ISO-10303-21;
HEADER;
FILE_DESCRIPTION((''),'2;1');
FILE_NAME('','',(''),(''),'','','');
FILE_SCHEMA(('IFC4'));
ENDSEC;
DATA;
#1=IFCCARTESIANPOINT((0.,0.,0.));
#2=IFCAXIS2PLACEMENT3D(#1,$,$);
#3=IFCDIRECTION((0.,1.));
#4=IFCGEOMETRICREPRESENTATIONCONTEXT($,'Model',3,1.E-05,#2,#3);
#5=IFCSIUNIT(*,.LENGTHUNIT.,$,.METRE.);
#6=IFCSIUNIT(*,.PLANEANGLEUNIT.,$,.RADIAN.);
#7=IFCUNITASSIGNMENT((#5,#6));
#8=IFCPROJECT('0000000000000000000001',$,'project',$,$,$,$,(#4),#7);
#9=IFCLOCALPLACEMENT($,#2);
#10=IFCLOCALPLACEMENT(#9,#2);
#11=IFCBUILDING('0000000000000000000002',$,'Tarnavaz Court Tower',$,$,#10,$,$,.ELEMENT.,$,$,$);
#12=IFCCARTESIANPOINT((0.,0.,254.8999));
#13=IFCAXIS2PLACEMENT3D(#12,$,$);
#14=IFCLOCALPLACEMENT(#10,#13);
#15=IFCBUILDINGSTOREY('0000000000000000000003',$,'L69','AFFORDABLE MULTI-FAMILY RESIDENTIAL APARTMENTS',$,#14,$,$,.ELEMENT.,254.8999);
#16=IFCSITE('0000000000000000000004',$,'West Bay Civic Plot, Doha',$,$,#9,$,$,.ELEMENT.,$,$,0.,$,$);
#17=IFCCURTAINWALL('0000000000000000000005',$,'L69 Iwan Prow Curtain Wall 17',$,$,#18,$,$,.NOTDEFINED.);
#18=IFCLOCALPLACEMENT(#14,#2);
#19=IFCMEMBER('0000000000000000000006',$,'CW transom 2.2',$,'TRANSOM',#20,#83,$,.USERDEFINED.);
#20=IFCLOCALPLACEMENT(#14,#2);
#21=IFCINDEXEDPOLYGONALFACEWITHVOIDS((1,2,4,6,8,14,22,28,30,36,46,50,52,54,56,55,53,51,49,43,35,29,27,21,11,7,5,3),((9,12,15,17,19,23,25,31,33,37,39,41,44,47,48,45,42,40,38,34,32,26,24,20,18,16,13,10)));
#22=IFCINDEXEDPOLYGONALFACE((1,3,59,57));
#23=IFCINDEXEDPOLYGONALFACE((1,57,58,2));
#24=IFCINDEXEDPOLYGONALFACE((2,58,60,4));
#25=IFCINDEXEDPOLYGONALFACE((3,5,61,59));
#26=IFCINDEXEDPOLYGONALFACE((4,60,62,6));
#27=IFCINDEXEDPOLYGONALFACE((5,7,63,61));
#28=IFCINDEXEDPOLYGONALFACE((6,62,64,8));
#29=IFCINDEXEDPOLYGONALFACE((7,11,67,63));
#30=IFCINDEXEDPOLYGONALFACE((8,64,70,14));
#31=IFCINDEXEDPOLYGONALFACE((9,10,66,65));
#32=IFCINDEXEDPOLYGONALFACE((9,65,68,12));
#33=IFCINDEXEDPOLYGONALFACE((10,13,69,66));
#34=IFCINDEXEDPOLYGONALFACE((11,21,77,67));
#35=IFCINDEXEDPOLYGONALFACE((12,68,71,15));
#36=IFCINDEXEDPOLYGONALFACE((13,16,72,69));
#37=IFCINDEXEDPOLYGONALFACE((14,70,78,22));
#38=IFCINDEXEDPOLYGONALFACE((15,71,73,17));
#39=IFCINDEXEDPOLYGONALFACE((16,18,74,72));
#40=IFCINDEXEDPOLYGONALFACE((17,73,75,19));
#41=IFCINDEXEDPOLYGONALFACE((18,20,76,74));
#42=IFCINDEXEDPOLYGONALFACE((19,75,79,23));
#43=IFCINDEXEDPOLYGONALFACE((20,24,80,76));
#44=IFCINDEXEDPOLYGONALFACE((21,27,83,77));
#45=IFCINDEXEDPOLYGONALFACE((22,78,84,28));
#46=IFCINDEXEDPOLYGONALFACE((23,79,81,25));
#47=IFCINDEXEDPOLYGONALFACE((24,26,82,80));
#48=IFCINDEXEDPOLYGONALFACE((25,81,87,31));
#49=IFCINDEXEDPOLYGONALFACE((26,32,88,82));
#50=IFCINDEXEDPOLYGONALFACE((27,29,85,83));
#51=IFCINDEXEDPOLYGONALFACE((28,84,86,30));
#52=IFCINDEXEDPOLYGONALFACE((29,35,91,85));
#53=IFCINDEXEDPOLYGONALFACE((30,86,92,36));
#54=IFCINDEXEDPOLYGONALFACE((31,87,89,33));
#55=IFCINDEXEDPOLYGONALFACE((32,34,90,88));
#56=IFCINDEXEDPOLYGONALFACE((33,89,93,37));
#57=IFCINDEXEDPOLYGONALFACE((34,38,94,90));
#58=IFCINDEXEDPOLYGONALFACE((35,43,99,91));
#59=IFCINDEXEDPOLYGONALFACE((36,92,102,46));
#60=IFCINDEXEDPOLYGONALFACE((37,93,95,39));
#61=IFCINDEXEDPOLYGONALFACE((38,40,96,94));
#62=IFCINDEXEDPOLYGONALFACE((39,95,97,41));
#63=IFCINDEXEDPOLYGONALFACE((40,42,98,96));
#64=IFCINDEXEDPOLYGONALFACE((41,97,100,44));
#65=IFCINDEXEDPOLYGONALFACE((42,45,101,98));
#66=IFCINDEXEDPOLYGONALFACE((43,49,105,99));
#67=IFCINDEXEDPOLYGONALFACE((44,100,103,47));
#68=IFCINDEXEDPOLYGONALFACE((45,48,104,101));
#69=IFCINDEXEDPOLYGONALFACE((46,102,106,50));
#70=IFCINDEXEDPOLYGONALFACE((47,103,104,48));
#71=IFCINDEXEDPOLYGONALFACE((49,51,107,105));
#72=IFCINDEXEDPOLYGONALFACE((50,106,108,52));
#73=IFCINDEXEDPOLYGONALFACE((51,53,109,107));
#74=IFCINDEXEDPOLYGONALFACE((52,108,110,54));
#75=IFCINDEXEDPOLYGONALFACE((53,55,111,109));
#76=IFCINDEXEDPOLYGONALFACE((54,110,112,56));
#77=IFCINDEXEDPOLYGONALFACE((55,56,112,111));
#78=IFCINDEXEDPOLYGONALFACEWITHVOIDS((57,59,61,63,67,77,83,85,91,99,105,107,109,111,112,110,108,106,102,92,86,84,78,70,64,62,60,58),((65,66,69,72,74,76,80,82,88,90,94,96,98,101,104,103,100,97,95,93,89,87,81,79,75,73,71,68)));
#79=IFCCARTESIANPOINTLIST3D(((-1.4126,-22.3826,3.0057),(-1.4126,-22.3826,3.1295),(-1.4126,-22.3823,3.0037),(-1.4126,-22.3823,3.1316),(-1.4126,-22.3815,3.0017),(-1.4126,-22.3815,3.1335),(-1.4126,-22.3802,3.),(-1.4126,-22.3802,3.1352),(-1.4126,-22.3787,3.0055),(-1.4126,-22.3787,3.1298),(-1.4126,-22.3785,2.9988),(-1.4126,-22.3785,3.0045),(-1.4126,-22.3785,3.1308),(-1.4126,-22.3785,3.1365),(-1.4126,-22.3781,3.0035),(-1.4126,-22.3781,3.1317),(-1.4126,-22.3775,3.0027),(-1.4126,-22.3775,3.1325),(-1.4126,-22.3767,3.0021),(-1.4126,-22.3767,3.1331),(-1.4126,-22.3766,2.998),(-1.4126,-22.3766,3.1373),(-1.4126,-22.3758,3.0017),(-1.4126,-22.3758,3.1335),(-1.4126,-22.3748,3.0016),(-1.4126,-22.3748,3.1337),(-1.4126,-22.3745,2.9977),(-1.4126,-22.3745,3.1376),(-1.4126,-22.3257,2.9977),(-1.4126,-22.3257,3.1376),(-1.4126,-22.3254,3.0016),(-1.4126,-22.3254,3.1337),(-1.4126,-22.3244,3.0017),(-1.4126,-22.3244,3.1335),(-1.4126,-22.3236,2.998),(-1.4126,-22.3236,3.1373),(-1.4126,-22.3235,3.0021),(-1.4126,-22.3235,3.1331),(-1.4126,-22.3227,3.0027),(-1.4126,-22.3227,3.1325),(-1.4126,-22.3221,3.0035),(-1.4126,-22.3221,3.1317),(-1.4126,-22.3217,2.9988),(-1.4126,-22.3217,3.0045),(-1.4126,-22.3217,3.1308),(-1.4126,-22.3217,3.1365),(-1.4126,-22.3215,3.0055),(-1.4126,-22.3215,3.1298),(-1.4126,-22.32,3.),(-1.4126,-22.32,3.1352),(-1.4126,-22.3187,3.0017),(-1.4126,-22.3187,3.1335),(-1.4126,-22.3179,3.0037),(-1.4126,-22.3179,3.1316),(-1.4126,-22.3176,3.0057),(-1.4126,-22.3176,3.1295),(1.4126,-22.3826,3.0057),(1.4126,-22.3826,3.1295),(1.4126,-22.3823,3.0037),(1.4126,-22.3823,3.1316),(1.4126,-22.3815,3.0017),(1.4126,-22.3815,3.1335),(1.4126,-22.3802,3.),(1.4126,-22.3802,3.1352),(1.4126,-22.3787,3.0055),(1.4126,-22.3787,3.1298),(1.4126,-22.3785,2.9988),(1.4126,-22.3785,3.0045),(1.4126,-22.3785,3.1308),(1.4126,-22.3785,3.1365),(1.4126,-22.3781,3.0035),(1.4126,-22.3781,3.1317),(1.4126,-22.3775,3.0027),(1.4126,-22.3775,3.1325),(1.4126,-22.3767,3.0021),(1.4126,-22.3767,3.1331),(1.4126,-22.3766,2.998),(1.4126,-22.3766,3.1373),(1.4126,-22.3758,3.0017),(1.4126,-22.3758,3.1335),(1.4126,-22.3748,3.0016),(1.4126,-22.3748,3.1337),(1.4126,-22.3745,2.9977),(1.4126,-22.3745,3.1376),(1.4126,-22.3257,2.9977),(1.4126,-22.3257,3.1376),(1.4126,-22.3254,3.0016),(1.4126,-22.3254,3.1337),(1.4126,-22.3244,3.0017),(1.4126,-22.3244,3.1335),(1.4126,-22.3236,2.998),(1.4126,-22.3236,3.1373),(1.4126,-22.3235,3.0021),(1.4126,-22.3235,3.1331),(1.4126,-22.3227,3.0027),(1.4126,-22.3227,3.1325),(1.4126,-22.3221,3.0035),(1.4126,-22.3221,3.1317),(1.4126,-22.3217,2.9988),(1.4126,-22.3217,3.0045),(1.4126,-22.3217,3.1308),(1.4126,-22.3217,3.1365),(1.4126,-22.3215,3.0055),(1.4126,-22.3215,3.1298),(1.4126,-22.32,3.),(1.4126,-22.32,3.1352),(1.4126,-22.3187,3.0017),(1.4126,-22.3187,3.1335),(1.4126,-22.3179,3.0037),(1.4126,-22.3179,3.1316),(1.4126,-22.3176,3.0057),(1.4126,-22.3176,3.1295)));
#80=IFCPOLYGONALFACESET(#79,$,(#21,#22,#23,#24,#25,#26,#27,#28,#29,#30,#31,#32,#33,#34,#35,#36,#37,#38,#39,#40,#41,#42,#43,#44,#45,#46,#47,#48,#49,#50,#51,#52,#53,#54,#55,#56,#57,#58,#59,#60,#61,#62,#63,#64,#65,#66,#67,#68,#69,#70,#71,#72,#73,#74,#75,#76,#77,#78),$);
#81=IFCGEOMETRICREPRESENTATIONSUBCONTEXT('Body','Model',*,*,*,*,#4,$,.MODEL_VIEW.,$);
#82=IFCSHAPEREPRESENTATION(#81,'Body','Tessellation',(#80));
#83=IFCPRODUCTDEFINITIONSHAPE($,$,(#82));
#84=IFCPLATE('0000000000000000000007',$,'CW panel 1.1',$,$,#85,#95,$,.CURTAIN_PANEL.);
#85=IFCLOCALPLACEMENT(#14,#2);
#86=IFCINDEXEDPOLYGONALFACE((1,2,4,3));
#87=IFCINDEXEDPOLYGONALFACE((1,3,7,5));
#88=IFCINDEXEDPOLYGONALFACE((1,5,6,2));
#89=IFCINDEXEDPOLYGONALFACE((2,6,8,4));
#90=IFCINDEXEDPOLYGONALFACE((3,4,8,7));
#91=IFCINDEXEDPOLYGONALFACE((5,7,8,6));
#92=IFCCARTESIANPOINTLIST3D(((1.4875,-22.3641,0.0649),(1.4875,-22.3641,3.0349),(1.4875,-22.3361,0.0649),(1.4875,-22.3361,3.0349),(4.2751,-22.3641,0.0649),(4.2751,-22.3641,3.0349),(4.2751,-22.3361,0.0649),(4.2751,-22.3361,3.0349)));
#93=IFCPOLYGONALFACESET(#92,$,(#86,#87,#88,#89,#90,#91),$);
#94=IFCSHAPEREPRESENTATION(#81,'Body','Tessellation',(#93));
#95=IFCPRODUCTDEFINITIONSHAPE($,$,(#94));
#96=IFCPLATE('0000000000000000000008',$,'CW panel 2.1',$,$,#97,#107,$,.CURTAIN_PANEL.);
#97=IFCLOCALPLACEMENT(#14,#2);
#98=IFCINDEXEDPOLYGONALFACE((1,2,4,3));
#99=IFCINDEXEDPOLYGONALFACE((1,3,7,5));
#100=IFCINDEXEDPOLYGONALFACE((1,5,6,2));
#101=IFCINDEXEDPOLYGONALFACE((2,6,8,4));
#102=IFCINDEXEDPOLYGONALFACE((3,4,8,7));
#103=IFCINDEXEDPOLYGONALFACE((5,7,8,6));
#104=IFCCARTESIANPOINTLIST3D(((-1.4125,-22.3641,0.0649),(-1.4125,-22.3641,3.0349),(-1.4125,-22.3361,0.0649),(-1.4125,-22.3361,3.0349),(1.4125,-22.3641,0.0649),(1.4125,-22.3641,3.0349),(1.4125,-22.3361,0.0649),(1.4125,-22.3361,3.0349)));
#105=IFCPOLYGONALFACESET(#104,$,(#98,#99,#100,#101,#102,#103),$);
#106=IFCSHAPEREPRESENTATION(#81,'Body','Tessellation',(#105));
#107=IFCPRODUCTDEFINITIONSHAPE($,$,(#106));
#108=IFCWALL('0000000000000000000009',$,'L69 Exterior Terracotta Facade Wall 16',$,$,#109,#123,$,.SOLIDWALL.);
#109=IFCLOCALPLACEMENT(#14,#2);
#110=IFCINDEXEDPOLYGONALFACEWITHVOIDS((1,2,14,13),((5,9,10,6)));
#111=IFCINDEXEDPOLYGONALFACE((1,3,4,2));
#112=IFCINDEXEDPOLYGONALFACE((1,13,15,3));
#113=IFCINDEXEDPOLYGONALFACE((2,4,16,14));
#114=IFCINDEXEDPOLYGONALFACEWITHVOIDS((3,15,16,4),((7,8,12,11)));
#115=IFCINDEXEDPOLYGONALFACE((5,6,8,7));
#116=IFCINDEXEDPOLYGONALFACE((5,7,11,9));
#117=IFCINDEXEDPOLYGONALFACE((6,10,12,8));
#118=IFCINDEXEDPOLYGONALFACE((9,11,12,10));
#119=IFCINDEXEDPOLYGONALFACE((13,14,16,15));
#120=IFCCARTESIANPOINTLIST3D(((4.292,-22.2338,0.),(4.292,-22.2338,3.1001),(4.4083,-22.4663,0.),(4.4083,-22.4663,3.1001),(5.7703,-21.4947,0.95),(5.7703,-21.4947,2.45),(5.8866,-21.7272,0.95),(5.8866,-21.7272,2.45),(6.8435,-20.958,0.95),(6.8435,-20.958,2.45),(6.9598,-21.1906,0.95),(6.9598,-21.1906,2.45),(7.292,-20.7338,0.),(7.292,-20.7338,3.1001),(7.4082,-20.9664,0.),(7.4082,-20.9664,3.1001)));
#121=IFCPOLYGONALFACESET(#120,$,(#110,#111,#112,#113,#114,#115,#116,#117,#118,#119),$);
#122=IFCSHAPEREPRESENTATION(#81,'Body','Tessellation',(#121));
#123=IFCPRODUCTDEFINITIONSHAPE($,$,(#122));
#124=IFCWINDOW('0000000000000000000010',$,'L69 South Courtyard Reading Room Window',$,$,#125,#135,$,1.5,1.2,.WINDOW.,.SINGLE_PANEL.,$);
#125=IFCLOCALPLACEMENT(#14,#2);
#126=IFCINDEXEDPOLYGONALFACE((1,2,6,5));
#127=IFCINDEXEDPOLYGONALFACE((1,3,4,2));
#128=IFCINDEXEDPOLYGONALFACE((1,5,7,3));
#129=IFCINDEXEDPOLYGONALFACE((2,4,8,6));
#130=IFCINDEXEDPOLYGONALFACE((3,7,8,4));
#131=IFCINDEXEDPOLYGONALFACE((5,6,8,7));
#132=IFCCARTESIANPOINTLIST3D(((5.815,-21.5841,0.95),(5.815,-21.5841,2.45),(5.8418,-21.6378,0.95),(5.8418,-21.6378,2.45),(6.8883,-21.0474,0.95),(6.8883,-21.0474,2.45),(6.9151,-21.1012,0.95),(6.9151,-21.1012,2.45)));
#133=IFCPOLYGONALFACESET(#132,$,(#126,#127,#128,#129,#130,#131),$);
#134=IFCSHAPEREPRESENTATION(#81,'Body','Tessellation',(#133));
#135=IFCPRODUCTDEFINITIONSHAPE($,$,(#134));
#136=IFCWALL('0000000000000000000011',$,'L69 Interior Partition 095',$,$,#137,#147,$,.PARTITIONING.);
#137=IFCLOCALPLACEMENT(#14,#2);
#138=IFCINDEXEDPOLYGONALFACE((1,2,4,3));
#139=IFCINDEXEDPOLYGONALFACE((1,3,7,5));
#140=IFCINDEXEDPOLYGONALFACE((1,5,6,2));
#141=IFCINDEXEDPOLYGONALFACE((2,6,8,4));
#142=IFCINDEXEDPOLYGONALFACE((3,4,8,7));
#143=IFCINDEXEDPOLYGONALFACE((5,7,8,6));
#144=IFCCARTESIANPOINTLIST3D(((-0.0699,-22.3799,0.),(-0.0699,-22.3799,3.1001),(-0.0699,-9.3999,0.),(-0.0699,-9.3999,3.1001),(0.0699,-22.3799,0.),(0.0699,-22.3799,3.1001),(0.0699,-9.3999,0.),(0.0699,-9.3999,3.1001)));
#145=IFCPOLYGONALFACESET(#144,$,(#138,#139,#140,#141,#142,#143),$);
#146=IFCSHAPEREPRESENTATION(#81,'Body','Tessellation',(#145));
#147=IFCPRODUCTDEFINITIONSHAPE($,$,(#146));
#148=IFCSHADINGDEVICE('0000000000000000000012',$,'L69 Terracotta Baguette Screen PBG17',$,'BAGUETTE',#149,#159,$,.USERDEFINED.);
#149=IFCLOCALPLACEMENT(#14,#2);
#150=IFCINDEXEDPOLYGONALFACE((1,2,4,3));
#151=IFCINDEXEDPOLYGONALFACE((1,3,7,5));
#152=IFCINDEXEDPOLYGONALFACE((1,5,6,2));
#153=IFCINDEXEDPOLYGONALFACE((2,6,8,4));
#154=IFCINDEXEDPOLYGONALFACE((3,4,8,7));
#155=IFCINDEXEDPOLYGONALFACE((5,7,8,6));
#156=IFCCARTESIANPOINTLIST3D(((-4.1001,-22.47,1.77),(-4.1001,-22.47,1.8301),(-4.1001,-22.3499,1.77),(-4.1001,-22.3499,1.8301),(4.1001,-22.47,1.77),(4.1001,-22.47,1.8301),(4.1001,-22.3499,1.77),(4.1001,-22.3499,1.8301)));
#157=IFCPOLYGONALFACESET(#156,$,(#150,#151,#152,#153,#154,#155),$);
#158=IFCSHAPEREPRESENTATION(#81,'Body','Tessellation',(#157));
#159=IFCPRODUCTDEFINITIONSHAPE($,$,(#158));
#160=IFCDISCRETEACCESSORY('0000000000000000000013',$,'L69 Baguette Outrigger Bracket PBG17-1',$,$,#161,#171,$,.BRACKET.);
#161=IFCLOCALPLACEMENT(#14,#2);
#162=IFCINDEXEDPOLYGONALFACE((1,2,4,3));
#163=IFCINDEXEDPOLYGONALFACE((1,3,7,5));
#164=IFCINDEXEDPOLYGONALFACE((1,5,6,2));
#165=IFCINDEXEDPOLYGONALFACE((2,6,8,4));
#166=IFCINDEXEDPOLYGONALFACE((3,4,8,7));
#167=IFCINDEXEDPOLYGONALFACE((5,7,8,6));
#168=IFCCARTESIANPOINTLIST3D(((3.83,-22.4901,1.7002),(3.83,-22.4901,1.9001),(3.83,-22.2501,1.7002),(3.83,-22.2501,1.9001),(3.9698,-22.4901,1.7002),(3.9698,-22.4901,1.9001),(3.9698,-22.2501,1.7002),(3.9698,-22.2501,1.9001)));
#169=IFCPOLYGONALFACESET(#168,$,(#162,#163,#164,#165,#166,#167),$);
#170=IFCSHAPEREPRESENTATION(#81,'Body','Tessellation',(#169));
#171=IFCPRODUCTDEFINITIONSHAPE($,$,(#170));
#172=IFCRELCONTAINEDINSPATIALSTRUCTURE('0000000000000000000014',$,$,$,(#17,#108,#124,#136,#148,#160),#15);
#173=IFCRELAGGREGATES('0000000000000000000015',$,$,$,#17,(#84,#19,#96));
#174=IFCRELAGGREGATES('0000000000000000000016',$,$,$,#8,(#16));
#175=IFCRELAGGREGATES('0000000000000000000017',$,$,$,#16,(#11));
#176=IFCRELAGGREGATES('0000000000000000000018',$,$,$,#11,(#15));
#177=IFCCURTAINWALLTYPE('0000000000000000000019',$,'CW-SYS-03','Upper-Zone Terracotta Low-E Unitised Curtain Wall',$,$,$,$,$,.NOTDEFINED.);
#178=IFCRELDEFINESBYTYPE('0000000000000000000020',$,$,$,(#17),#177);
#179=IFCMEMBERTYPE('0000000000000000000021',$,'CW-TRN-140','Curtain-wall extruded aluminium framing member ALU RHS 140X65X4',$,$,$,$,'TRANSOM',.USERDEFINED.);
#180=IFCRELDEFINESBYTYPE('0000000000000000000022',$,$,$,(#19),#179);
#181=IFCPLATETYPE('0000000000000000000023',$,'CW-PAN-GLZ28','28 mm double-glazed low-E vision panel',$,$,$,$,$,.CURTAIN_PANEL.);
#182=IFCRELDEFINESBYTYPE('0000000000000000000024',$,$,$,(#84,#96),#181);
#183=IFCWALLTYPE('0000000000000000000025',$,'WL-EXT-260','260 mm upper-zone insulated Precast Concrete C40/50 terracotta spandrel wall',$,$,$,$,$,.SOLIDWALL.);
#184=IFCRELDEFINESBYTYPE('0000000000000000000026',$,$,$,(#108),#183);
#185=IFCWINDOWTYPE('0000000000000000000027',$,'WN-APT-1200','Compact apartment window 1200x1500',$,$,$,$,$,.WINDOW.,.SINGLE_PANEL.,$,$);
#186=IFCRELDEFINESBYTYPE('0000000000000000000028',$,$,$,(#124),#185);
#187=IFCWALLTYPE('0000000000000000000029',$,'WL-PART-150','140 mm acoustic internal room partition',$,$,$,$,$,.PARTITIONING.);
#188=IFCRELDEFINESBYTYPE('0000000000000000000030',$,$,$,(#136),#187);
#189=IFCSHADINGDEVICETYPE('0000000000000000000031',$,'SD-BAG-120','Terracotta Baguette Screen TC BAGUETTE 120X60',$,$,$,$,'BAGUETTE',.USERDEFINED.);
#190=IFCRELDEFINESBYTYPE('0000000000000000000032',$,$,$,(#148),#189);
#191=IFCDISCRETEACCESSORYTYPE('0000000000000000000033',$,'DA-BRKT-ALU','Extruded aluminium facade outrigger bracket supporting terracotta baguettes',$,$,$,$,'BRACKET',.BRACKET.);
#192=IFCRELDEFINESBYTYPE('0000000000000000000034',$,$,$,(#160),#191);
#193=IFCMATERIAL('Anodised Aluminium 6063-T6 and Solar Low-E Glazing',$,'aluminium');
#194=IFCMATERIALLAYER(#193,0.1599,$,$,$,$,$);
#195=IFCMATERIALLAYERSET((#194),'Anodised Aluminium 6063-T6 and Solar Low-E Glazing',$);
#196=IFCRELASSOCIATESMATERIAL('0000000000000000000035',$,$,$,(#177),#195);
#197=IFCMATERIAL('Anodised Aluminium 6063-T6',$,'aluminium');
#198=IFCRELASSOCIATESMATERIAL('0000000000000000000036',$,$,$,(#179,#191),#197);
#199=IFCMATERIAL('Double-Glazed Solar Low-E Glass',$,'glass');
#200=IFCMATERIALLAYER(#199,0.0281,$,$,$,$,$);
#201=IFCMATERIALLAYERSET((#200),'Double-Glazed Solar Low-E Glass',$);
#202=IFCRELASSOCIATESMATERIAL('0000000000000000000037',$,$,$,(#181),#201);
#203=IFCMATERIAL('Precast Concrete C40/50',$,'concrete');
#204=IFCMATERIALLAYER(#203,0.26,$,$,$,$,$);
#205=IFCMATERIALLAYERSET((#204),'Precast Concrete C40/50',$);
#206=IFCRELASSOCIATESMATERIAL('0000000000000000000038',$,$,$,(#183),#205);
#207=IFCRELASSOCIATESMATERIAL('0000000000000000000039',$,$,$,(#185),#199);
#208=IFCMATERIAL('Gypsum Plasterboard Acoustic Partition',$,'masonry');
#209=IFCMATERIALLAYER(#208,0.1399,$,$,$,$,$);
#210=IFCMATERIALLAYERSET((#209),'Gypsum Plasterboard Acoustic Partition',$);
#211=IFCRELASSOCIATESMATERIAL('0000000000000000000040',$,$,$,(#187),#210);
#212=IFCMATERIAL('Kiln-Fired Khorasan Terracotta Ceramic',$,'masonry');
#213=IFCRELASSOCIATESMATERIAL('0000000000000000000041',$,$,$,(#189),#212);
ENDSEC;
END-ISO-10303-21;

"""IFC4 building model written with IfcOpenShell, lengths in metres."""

from ifc_helpers import new_model, si_unit, direction, frame, frame_2d, origin, origin_2d, place, context, subcontext, project, spatial, rectangle, hollow_rectangle, extrude, material, layer, layer_set, material_profile, profile_set, type_object, element, fill, aggregate, save


model = new_model("IFC4")

# Units and contexts
model_context = context("Model", 3, precision=1e-05, world=origin(), true_north=direction((0.0, 1.0)))
body_context = subcontext(model_context, "Body", "Model", "MODEL_VIEW")
ifc_project = project(units=[si_unit("LENGTHUNIT", "METRE"), si_unit("PLANEANGLEUNIT", "RADIAN")], contexts=[model_context])

# Site, building, storey
site_placement = place(None, origin())
site = spatial("IfcSite", under=ifc_project, at=site_placement, Name="West Bay Civic Plot, Doha", CompositionType="ELEMENT", RefElevation=0.0)
building_placement = place(site_placement, origin())
building = spatial("IfcBuilding", under=site, at=building_placement, Name="Tarnavaz Court Tower", CompositionType="ELEMENT")
storey_placement = place(building_placement, frame((0.0, 0.0, 254.8999)))
storey = spatial("IfcBuildingStorey", under=building, at=storey_placement, Name="L69", Description="AFFORDABLE MULTI-FAMILY RESIDENTIAL APARTMENTS", CompositionType="ELEMENT", Elevation=254.8999)

# Curtain wall, member, plates
ifc_material_1 = material(Name="Anodised Aluminium 6063-T6 and Solar Low-E Glazing", Category="aluminium")
ifc_layer_1 = layer(ifc_material_1, 0.1599)
ifc_layer_set_1 = layer_set([ifc_layer_1], Name="Anodised Aluminium 6063-T6 and Solar Low-E Glazing")
curtain_wall_type = type_object("IfcCurtainWallType", Name="CW-SYS-03", Description="Upper-Zone Terracotta Low-E Unitised Curtain Wall", PredefinedType="NOTDEFINED", material=ifc_layer_set_1)
curtain_wall_placement = place(storey_placement, origin())
curtain_wall = element("IfcCurtainWall", 1, at=curtain_wall_placement, inside=storey, type_object=curtain_wall_type, Name="L69 Iwan Prow Curtain Wall 17", PredefinedType="NOTDEFINED")
ifc_material_2 = material(Name="Anodised Aluminium 6063-T6", Category="aluminium")
ifc_material_profile_1 = material_profile(ifc_material_2, hollow_rectangle(XDim=0.0649, YDim=0.1399, WallThickness=0.0039, InnerFilletRadius=0.0039, OuterFilletRadius=0.0081, at=origin_2d()), Name="ALU RHS 140X65X4")
ifc_profile_set_1 = profile_set([ifc_material_profile_1], Name="Anodised Aluminium 6063-T6")
member_type_1 = type_object("IfcMemberType", Name="CW-TRN-140", Description="Curtain-wall extruded aluminium framing member ALU RHS 140X65X4", ElementType="TRANSOM", PredefinedType="USERDEFINED", material=ifc_profile_set_1)
member_1_placement = place(storey_placement, frame((1.4126, -22.3501, 3.0676), z_axis=(-1.0, 0.0, 0.0), x_axis=(0.0, -1.0, 0.0)))
member_1 = element("IfcMember", 2, at=member_1_placement, type_object=member_type_1, Name="CW transom 2.2", ObjectType="TRANSOM", PredefinedType="USERDEFINED", context=body_context, shape_type="SweptSolid", body=[
    extrude(hollow_rectangle(XDim=0.0649, YDim=0.1399, WallThickness=0.0039, InnerFilletRadius=0.0039, OuterFilletRadius=0.0081, at=origin_2d()), origin(), (0.0, 0.0, 1.0), 2.8252),
])
ifc_material_3 = material(Name="Double-Glazed Solar Low-E Glass", Category="glass")
ifc_layer_2 = layer(ifc_material_3, 0.0281)
ifc_layer_set_2 = layer_set([ifc_layer_2], Name="Double-Glazed Solar Low-E Glass")
plate_type = type_object("IfcPlateType", Name="CW-PAN-GLZ28", Description="28 mm double-glazed low-E vision panel", PredefinedType="CURTAIN_PANEL", material=ifc_layer_set_2)
plate_1_placement = place(storey_placement, frame((2.8813, -22.3501, 0.0649), z_axis=(0.0, 0.0, 1.0), x_axis=(-1.0, 0.0, 0.0)))
plate_1 = element("IfcPlate", 3, at=plate_1_placement, type_object=plate_type, Name="CW panel 1.1", PredefinedType="CURTAIN_PANEL", context=body_context, shape_type="SweptSolid", body=[
    extrude(rectangle(XDim=2.7876, YDim=0.0281, at=origin_2d()), origin(), (0.0, 0.0, 1.0), 2.97),
])
plate_2_placement = place(storey_placement, frame((0.0, -22.3501, 0.0649), z_axis=(0.0, 0.0, 1.0), x_axis=(-1.0, 0.0, 0.0)))
plate_2 = element("IfcPlate", 4, at=plate_2_placement, type_object=plate_type, Name="CW panel 2.1", PredefinedType="CURTAIN_PANEL", context=body_context, shape_type="SweptSolid", body=[
    extrude(rectangle(XDim=2.825, YDim=0.0281, at=origin_2d()), origin(), (0.0, 0.0, 1.0), 2.97),
])
aggregate(curtain_wall, [plate_1, member_1, plate_2])

# Wall, opening, window
ifc_material_4 = material(Name="Precast Concrete C40/50", Category="concrete")
ifc_layer_3 = layer(ifc_material_4, 0.26)
ifc_layer_set_3 = layer_set([ifc_layer_3], Name="Precast Concrete C40/50")
wall_type_1 = type_object("IfcWallType", Name="WL-EXT-260", Description="260 mm upper-zone insulated Precast Concrete C40/50 terracotta spandrel wall", PredefinedType="SOLIDWALL", material=ifc_layer_set_3)
wall_1_placement = place(storey_placement, frame((7.3501, -20.8501, 0.0), z_axis=(0.0, 0.0, 1.0), x_axis=(-0.894427, -0.447214, 0.0)))
wall_1 = element("IfcWall", 5, at=wall_1_placement, inside=storey, type_object=wall_type_1, Name="L69 Exterior Terracotta Facade Wall 16", PredefinedType="SOLIDWALL", context=body_context, shape_type="SweptSolid", body=[
    extrude(rectangle(XDim=3.354, YDim=0.26, at=frame_2d((1.677, 0.0))), origin(), (0.0, 0.0, 1.0), 3.1001),
])
opening_placement = place(wall_1_placement, frame((0.5012, 0.0, 0.95)))
opening = element("IfcOpeningElement", 6, at=opening_placement, cuts=wall_1, PredefinedType="OPENING", context=body_context, shape_type="SweptSolid", body=[
    extrude(rectangle(XDim=1.2, YDim=1.5, at=frame_2d((0.6001, 0.75))), frame((0.0, 0.1399, 0.0), z_axis=(0.0, -1.0, 0.0), x_axis=(1.0, 0.0, 0.0)), (0.0, 0.0, 1.0), 0.28),
])
window_type = type_object("IfcWindowType", Name="WN-APT-1200", Description="Compact apartment window 1200x1500", PartitioningType="SINGLE_PANEL", PredefinedType="WINDOW", material=ifc_material_3)
window_placement = place(opening_placement, origin())
window = element("IfcWindow", 7, at=window_placement, inside=storey, type_object=window_type, Name="L69 South Courtyard Reading Room Window", OverallHeight=1.5, OverallWidth=1.2, PartitioningType="SINGLE_PANEL", PredefinedType="WINDOW", context=body_context, shape_type="SweptSolid", body=[
    extrude(rectangle(XDim=1.2, YDim=1.5, at=frame_2d((0.6001, 0.75))), frame((0.0, 0.03, 0.0), z_axis=(0.0, -1.0, 0.0), x_axis=(1.0, 0.0, 0.0)), (0.0, 0.0, 1.0), 0.0601),
])
fill(opening, window)

# Wall
ifc_material_5 = material(Name="Gypsum Plasterboard Acoustic Partition", Category="masonry")
ifc_layer_4 = layer(ifc_material_5, 0.1399)
ifc_layer_set_4 = layer_set([ifc_layer_4], Name="Gypsum Plasterboard Acoustic Partition")
wall_type_2 = type_object("IfcWallType", Name="WL-PART-150", Description="140 mm acoustic internal room partition", PredefinedType="PARTITIONING", material=ifc_layer_set_4)
wall_2_placement = place(storey_placement, frame((0.0, -22.3799, 0.0), z_axis=(0.0, 0.0, 1.0), x_axis=(0.0, 1.0, 0.0)))
element("IfcWall", 8, at=wall_2_placement, inside=storey, type_object=wall_type_2, Name="L69 Interior Partition 095", PredefinedType="PARTITIONING", context=body_context, shape_type="SweptSolid", body=[
    extrude(rectangle(XDim=12.98, YDim=0.1399, at=frame_2d((6.49, 0.0))), origin(), (0.0, 0.0, 1.0), 3.1001),
])

# Shading device
ifc_material_6 = material(Name="Kiln-Fired Khorasan Terracotta Ceramic", Category="masonry")
ifc_material_profile_2 = material_profile(ifc_material_6, rectangle(XDim=0.1201, YDim=0.0601, at=origin_2d()), Name="TC BAGUETTE 120X60")
ifc_profile_set_2 = profile_set([ifc_material_profile_2], Name="Kiln-Fired Khorasan Terracotta Ceramic")
shading_device_type = type_object("IfcShadingDeviceType", Name="SD-BAG-120", Description="Terracotta Baguette Screen TC BAGUETTE 120X60", ElementType="BAGUETTE", PredefinedType="USERDEFINED", material=ifc_profile_set_2)
shading_device_placement = place(storey_placement, frame((4.1001, -22.4099, 1.8), z_axis=(-1.0, 0.0, 0.0), x_axis=(0.0, -1.0, 0.0)))
element("IfcShadingDevice", 9, at=shading_device_placement, inside=storey, type_object=shading_device_type, Name="L69 Terracotta Baguette Screen PBG17", ObjectType="BAGUETTE", PredefinedType="USERDEFINED", context=body_context, shape_type="SweptSolid", body=[
    extrude(rectangle(XDim=0.1201, YDim=0.0601, at=origin_2d()), origin(), (0.0, 0.0, 1.0), 8.2002),
])

# Discrete accessory
discrete_accessory_type = type_object("IfcDiscreteAccessoryType", Name="DA-BRKT-ALU", Description="Extruded aluminium facade outrigger bracket supporting terracotta baguettes", ElementType="BRACKET", PredefinedType="BRACKET", material=ifc_material_2)
discrete_accessory_placement = place(storey_placement, frame((3.8999, -22.3701, 1.7002), z_axis=(0.0, 0.0, 1.0), x_axis=(-1.0, 0.0, 0.0)))
element("IfcDiscreteAccessory", 10, at=discrete_accessory_placement, inside=storey, type_object=discrete_accessory_type, Name="L69 Baguette Outrigger Bracket PBG17-1", PredefinedType="BRACKET", context=body_context, shape_type="SweptSolid", body=[
    extrude(rectangle(XDim=0.1399, YDim=0.24, at=origin_2d()), origin(), (0.0, 0.0, 1.0), 0.2),
])

save(model, "model.ifc")
